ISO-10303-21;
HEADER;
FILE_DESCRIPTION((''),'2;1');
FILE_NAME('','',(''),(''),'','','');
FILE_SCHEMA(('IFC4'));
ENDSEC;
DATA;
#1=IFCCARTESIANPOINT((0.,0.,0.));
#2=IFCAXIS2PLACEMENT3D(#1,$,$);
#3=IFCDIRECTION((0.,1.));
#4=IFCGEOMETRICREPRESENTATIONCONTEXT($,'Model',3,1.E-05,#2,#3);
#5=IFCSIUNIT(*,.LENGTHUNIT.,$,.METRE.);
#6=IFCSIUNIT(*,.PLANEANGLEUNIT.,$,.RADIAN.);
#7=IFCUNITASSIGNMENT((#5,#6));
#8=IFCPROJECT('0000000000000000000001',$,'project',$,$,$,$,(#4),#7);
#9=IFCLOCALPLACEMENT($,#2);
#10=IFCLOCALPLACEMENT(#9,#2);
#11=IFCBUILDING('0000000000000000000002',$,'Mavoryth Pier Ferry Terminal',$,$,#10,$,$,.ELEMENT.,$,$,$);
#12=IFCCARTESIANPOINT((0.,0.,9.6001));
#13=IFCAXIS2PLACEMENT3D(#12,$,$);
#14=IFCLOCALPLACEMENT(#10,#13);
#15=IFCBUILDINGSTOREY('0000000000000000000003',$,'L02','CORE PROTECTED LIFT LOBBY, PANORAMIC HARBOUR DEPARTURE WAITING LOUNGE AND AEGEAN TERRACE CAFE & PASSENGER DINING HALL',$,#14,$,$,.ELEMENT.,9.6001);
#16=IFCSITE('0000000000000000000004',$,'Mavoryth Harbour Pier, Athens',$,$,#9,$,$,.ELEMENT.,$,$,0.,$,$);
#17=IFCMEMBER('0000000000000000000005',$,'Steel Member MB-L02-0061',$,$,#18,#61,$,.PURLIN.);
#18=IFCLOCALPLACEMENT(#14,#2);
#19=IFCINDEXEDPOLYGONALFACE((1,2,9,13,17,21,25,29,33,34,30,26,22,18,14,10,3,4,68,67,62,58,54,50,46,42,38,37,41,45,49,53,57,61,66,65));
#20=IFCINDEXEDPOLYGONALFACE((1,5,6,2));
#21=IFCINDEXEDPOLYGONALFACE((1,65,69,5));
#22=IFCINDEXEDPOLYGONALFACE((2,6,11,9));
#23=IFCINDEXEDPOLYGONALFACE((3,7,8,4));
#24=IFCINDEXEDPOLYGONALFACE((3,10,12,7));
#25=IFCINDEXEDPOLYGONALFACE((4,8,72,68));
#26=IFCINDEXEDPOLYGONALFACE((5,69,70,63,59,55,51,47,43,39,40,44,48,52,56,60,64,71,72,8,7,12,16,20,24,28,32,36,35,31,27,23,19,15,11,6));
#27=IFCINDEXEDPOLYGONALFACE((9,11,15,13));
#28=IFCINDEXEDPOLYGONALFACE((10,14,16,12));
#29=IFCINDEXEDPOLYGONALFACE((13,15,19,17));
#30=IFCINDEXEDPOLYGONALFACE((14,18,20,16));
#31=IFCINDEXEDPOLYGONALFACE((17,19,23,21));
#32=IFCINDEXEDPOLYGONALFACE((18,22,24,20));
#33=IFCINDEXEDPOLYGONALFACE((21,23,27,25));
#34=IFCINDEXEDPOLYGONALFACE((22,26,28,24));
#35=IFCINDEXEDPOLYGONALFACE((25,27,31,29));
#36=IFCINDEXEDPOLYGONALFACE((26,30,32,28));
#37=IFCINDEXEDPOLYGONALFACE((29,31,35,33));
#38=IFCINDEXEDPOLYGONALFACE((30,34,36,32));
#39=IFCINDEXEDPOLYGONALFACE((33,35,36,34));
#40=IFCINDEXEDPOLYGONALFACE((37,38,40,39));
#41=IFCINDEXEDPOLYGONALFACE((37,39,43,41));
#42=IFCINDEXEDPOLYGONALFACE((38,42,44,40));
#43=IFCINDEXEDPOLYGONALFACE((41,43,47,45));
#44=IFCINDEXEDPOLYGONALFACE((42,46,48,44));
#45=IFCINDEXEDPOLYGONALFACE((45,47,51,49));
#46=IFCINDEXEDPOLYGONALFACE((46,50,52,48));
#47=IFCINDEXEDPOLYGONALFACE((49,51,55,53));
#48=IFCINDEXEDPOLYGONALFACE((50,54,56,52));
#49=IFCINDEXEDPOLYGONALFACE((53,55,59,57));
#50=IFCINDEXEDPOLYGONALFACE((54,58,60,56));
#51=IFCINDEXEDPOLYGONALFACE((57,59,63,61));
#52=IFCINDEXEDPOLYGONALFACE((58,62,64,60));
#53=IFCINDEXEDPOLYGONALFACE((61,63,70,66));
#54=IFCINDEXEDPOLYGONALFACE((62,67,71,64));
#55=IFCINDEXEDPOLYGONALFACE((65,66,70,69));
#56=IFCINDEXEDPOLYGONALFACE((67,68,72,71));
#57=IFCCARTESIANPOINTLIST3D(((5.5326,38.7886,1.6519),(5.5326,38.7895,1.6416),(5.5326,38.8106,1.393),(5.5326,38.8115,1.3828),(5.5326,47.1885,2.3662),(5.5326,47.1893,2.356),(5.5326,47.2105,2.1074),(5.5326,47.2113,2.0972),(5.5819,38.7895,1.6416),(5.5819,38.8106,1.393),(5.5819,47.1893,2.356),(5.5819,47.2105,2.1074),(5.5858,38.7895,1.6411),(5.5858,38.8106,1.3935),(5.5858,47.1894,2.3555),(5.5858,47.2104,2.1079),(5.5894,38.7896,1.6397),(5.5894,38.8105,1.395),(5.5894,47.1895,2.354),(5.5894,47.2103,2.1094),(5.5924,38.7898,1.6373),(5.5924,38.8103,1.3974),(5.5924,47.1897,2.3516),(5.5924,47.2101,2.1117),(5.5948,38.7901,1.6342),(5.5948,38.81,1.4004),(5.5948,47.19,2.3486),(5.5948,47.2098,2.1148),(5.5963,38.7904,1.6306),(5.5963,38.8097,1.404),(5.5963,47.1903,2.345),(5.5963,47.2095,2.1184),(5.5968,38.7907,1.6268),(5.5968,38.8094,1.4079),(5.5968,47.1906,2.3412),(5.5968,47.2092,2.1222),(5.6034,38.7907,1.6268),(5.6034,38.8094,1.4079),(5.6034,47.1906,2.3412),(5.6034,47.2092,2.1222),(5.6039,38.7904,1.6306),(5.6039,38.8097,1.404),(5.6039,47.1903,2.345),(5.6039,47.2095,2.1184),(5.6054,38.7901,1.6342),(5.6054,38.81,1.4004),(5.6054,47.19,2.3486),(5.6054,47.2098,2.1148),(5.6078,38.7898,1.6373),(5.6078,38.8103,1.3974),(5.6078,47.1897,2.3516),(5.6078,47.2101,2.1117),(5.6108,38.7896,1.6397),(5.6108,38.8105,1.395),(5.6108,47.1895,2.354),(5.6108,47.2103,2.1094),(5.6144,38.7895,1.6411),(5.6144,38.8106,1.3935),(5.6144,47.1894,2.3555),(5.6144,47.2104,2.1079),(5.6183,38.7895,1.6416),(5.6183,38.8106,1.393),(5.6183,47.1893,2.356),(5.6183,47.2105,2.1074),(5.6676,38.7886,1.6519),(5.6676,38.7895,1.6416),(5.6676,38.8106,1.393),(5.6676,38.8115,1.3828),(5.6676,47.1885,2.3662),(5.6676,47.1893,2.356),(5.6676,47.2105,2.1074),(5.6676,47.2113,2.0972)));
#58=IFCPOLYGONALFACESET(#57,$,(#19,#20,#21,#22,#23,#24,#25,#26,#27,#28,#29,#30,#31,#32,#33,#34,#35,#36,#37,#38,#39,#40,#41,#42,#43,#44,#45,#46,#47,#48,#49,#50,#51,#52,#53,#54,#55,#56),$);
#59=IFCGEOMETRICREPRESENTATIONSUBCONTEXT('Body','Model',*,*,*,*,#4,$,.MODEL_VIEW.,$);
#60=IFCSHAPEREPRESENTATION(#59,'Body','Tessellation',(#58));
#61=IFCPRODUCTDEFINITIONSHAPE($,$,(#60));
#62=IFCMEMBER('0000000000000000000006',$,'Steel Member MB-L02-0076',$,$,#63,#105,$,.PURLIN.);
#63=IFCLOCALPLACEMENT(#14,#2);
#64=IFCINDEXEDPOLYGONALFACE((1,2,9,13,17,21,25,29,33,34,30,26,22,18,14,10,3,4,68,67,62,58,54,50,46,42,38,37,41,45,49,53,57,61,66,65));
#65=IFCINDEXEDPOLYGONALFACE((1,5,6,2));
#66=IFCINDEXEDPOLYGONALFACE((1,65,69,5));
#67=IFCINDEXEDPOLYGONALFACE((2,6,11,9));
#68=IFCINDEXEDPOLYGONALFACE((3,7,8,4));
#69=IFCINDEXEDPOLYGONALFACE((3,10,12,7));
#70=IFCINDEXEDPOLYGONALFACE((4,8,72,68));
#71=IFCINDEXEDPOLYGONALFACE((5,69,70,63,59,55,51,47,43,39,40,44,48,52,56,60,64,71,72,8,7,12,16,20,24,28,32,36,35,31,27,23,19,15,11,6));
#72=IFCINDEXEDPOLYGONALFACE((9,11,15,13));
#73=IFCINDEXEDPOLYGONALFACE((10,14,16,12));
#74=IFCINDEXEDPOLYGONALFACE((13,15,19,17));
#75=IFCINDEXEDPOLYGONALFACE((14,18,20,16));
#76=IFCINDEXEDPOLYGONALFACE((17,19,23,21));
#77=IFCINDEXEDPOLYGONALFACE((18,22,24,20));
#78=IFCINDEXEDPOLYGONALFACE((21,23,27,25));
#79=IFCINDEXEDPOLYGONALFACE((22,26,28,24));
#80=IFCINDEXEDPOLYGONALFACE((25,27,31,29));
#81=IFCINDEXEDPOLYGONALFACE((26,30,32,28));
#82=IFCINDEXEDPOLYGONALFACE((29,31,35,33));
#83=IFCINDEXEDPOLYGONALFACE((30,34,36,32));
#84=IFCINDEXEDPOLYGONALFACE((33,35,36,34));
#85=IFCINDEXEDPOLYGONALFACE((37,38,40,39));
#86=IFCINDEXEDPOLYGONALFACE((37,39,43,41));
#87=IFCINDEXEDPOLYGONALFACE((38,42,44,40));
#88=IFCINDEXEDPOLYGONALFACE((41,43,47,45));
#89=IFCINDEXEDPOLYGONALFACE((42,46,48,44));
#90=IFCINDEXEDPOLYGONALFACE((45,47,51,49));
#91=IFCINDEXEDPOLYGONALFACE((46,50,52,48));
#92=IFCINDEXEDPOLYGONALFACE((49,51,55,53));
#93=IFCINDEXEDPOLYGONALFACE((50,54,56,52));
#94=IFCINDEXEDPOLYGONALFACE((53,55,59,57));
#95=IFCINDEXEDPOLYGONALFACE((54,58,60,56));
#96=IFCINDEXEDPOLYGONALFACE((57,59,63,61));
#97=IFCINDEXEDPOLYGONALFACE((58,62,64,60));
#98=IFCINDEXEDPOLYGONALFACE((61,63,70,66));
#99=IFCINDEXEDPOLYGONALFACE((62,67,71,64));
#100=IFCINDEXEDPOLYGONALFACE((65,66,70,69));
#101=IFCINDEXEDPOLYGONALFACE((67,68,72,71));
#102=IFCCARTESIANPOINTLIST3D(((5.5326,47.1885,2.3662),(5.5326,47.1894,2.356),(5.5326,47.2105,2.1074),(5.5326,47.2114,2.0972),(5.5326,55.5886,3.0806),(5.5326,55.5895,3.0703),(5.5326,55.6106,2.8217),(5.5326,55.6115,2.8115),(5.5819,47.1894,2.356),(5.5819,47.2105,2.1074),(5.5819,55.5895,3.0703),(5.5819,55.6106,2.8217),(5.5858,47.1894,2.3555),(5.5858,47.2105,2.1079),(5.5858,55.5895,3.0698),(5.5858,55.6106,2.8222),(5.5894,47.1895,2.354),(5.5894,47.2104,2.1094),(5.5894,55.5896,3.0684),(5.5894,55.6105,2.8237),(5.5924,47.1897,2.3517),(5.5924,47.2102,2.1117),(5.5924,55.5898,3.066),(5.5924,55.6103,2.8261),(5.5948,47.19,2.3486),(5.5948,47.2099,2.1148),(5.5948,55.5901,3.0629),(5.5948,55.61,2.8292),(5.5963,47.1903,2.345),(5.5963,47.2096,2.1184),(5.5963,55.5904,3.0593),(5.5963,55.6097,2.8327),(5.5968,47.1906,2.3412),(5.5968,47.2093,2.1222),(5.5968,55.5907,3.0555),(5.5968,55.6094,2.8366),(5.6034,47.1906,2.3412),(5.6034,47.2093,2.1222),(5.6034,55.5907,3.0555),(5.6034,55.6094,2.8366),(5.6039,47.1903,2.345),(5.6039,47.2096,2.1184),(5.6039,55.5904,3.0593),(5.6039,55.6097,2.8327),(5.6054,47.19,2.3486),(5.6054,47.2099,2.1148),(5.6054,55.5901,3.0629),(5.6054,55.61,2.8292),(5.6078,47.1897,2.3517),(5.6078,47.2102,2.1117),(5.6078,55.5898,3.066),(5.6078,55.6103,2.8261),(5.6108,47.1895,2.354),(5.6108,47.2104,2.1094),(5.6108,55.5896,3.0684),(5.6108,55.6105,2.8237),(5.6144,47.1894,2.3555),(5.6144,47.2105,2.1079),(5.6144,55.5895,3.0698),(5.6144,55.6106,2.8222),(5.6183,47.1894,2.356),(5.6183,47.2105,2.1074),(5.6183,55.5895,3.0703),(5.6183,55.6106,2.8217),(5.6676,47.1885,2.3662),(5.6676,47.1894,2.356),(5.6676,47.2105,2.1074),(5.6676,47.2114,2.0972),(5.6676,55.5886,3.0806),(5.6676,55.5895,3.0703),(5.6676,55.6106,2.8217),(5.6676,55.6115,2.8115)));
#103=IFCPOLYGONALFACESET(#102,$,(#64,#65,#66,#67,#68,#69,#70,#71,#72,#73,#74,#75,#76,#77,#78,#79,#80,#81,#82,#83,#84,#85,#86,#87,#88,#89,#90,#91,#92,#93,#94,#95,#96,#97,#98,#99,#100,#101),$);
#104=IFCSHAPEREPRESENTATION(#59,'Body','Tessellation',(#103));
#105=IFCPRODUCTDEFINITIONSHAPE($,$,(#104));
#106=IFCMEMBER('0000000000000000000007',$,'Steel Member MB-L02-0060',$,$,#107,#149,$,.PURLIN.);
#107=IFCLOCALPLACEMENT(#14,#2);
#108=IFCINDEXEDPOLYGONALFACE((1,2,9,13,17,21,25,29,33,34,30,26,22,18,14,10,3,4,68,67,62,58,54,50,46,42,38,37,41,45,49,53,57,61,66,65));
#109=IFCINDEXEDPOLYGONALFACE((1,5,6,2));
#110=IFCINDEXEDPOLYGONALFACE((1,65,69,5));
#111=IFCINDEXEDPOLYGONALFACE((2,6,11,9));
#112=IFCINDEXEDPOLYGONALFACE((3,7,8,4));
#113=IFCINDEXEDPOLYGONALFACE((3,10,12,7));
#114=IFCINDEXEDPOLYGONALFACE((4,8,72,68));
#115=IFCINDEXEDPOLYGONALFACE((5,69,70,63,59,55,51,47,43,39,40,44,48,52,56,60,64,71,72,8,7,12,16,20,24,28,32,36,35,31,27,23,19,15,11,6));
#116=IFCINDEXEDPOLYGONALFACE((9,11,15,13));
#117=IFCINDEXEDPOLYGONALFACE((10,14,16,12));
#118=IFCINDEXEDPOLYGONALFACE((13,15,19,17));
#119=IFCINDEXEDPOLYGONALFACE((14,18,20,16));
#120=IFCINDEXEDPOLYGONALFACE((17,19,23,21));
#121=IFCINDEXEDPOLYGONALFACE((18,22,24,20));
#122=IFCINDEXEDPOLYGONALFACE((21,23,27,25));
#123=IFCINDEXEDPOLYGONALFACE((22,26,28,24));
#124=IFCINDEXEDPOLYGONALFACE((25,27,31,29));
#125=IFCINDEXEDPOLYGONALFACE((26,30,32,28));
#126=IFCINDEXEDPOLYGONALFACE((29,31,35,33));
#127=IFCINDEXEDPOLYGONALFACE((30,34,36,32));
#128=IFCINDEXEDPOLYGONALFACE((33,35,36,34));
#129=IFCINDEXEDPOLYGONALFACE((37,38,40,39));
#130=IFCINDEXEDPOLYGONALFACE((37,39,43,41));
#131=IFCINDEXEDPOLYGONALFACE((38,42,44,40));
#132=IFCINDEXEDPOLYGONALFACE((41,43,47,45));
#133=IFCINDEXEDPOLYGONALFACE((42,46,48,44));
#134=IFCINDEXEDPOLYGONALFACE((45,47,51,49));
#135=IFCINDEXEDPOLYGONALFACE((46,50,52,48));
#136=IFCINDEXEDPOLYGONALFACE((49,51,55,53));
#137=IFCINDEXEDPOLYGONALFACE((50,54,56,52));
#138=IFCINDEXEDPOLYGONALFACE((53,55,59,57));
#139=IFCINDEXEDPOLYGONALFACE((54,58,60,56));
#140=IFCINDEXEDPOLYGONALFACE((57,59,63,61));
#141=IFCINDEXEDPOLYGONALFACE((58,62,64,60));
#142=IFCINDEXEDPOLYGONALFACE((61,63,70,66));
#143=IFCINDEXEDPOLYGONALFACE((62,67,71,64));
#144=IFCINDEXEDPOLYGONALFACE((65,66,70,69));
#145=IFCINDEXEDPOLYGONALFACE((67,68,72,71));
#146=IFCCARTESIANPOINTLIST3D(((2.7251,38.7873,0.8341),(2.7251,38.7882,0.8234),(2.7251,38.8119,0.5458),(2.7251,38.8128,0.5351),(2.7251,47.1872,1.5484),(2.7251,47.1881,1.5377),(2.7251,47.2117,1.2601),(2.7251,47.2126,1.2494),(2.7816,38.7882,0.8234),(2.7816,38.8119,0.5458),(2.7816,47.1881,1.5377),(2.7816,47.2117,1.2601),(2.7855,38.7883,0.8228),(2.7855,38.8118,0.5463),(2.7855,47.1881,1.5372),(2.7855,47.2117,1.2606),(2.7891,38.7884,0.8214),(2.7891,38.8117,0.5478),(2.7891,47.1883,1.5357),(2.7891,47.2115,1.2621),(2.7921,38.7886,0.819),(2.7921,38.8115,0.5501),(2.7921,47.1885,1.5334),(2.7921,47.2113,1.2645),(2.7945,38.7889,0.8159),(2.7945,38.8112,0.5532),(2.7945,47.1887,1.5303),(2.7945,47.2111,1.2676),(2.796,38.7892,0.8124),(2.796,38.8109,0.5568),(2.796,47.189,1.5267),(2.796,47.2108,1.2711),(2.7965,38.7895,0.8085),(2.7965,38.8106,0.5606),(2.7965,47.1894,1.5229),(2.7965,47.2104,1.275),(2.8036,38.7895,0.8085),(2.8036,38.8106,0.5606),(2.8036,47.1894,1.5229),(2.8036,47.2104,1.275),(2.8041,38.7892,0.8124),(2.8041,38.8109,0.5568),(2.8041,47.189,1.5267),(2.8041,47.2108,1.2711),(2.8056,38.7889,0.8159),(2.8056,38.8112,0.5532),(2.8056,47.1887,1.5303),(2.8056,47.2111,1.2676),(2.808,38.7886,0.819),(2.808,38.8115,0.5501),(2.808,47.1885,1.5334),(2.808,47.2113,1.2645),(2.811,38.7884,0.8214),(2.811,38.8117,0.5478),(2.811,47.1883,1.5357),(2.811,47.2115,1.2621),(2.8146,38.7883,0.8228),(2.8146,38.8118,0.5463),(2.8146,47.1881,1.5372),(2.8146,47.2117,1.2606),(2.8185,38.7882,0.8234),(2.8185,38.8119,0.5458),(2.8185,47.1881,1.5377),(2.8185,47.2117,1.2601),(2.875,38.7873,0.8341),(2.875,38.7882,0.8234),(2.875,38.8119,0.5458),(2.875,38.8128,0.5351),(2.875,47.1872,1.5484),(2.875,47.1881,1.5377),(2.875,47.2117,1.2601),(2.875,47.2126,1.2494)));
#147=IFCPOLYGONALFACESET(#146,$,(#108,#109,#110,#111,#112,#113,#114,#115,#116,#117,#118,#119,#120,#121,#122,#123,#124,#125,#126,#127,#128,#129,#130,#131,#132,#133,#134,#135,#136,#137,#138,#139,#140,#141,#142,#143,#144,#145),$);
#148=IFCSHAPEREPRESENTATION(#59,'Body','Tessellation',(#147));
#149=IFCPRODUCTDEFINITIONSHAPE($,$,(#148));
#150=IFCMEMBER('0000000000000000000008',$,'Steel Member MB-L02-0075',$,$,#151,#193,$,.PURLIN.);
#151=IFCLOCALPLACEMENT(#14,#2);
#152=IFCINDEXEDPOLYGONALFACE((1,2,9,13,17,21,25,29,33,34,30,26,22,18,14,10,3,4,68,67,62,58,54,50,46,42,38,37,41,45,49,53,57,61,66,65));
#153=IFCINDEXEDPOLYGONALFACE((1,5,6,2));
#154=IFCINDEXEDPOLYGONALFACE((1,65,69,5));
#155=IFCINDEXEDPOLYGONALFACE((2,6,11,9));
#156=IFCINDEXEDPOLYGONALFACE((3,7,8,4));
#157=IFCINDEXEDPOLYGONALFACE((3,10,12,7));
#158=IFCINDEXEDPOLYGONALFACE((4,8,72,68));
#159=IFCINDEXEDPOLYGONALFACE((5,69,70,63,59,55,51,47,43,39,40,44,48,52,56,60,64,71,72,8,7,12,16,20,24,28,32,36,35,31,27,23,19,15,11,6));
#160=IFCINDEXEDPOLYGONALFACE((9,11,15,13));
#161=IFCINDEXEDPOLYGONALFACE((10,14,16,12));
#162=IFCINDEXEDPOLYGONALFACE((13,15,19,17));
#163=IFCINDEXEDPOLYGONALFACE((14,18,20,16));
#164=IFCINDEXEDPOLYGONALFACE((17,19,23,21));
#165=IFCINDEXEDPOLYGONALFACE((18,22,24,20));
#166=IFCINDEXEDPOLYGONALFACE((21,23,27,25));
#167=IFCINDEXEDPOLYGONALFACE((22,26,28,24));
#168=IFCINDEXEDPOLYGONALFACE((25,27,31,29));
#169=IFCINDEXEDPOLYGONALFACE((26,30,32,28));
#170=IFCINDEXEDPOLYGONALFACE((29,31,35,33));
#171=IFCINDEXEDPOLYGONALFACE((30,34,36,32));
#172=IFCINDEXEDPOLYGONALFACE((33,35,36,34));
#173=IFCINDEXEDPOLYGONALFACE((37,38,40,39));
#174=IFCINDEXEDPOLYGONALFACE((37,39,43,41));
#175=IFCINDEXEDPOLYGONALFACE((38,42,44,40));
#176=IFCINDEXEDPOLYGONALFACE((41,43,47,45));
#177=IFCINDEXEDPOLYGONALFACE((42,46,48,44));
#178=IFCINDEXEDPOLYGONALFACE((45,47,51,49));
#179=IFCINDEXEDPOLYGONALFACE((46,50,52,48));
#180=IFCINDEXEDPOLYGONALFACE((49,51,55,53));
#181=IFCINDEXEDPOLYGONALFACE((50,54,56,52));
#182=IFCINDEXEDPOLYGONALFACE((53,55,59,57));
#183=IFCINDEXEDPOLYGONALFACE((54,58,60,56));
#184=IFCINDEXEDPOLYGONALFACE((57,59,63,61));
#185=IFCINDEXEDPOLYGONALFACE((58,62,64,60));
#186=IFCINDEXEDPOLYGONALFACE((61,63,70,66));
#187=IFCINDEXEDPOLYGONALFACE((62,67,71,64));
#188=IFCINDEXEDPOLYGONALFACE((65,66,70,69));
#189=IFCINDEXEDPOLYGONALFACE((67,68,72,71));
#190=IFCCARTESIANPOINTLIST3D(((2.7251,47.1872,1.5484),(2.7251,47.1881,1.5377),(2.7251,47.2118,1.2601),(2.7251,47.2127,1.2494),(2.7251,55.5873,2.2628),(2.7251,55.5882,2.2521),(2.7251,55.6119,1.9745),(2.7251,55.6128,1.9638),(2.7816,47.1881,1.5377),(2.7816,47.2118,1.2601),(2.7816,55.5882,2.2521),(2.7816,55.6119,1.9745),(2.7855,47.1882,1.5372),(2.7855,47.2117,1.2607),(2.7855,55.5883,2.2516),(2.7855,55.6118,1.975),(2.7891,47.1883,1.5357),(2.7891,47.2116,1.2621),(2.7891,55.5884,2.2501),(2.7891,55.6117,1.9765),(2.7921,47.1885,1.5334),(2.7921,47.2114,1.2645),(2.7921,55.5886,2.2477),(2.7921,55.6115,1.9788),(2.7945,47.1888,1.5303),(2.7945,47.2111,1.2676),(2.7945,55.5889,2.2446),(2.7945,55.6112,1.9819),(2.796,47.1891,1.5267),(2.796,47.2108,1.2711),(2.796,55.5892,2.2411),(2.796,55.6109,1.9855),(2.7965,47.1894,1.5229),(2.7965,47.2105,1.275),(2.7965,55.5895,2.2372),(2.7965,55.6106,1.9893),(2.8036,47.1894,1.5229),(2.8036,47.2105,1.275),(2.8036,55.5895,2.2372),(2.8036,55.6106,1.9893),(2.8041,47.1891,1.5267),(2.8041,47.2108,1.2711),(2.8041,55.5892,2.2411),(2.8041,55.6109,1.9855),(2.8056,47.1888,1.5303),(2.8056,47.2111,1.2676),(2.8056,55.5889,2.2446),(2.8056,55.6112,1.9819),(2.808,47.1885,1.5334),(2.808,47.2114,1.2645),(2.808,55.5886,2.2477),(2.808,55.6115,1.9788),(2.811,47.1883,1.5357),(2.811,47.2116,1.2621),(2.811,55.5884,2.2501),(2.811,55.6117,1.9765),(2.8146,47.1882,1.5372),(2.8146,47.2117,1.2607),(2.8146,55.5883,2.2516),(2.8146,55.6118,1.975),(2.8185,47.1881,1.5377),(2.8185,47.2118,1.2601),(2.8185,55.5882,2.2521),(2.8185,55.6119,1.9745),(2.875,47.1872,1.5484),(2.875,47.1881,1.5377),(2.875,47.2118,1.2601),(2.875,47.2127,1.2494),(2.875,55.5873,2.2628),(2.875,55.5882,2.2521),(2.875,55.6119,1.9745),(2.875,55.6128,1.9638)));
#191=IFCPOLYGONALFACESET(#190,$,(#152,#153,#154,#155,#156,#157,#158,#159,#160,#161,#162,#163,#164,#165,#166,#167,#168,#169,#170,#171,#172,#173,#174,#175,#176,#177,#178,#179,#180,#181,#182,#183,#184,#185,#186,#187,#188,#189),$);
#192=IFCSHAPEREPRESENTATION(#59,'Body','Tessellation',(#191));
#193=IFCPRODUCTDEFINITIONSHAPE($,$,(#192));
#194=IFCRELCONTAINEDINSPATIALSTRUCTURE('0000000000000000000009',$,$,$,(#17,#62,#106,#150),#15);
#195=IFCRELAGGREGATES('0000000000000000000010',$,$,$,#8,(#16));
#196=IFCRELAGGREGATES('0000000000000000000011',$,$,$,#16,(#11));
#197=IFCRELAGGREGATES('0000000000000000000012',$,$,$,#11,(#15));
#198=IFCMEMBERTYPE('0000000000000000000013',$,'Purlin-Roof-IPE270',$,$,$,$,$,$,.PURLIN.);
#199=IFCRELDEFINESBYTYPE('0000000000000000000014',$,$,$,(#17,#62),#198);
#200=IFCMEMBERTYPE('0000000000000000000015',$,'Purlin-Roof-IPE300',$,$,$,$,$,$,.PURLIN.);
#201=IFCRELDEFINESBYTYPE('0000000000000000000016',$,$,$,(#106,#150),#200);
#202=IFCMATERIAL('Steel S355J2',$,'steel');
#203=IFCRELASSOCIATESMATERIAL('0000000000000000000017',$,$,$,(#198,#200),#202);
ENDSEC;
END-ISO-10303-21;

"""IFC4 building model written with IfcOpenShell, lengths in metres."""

from ifc_helpers import new_model, si_unit, direction, frame, origin, origin_2d, place, context, subcontext, project, spatial, i_section, extrude, material, material_profile, profile_set, type_object, element, save


model = new_model("IFC4")

# Units and contexts
model_context = context("Model", 3, precision=1e-05, world=origin(), true_north=direction((0.0, 1.0)))
body_context = subcontext(model_context, "Body", "Model", "MODEL_VIEW")
ifc_project = project(units=[si_unit("LENGTHUNIT", "METRE"), si_unit("PLANEANGLEUNIT", "RADIAN")], contexts=[model_context])

# Site, building, storey
site_placement = place(None, origin())
site = spatial("IfcSite", under=ifc_project, at=site_placement, Name="Mavoryth Harbour Pier, Athens", CompositionType="ELEMENT", RefElevation=0.0)
building_placement = place(site_placement, origin())
building = spatial("IfcBuilding", under=site, at=building_placement, Name="Mavoryth Pier Ferry Terminal", CompositionType="ELEMENT")
storey_placement = place(building_placement, frame((0.0, 0.0, 9.6001)))
storey = spatial("IfcBuildingStorey", under=building, at=storey_placement, Name="L02", Description="CORE PROTECTED LIFT LOBBY, PANORAMIC HARBOUR DEPARTURE WAITING LOUNGE AND AEGEAN TERRACE CAFE & PASSENGER DINING HALL", CompositionType="ELEMENT", Elevation=9.6001)

# Members
ifc_material_1 = material(Name="Steel S355J2", Category="steel")
ifc_material_profile_1 = material_profile(ifc_material_1, i_section(OverallWidth=0.135, OverallDepth=0.27, WebThickness=0.0066, FlangeThickness=0.0103, FilletRadius=0.0149, at=origin_2d()), Name="IPE 270", Category="steel")
ifc_profile_set_1 = profile_set([ifc_material_profile_1], Name="Steel S355J2 - IPE 270")
member_type_1 = type_object("IfcMemberType", Name="Purlin-Roof-IPE270", PredefinedType="PURLIN", material=ifc_profile_set_1)
member_1_placement = place(storey_placement, frame((5.6001, 38.8, 1.5173), z_axis=(0.0, 0.996403, 0.084737), x_axis=(-1.0, 0.0, 0.0)))
element("IfcMember", 1, at=member_1_placement, inside=storey, type_object=member_type_1, Name="Steel Member MB-L02-0061", PredefinedType="PURLIN", context=body_context, shape_type="SweptSolid", body=[
    extrude(i_section(OverallWidth=0.135, OverallDepth=0.27, WebThickness=0.0066, FlangeThickness=0.0103, FilletRadius=0.0149, at=origin_2d()), origin(), (0.0, 0.0, 1.0), 8.4302),
])
member_2_placement = place(storey_placement, frame((5.6001, 47.2, 2.2317), z_axis=(0.0, 0.996404, 0.084735), x_axis=(-1.0, 0.0, 0.0)))
element("IfcMember", 2, at=member_2_placement, inside=storey, type_object=member_type_1, Name="Steel Member MB-L02-0076", PredefinedType="PURLIN", context=body_context, shape_type="SweptSolid", body=[
    extrude(i_section(OverallWidth=0.135, OverallDepth=0.27, WebThickness=0.0066, FlangeThickness=0.0103, FilletRadius=0.0149, at=origin_2d()), origin(), (0.0, 0.0, 1.0), 8.4304),
])
ifc_material_profile_2 = material_profile(ifc_material_1, i_section(OverallWidth=0.1499, OverallDepth=0.3, WebThickness=0.0071, FlangeThickness=0.0107, FilletRadius=0.0149, at=origin_2d()), Name="IPE 300", Category="steel")
ifc_profile_set_2 = profile_set([ifc_material_profile_2], Name="Steel S355J2 - IPE 300")
member_type_2 = type_object("IfcMemberType", Name="Purlin-Roof-IPE300", PredefinedType="PURLIN", material=ifc_profile_set_2)
member_3_placement = place(storey_placement, frame((2.8, 38.8, 0.6846), z_axis=(0.0, 0.996403, 0.084737), x_axis=(-1.0, 0.0, 0.0)))
element("IfcMember", 3, at=member_3_placement, inside=storey, type_object=member_type_2, Name="Steel Member MB-L02-0060", PredefinedType="PURLIN", context=body_context, shape_type="SweptSolid", body=[
    extrude(i_section(OverallWidth=0.1499, OverallDepth=0.3, WebThickness=0.0071, FlangeThickness=0.0107, FilletRadius=0.0149, at=origin_2d()), origin(), (0.0, 0.0, 1.0), 8.4302),
])
member_4_placement = place(storey_placement, frame((2.8, 47.2, 1.3989), z_axis=(0.0, 0.996404, 0.084735), x_axis=(-1.0, 0.0, 0.0)))
element("IfcMember", 4, at=member_4_placement, inside=storey, type_object=member_type_2, Name="Steel Member MB-L02-0075", PredefinedType="PURLIN", context=body_context, shape_type="SweptSolid", body=[
    extrude(i_section(OverallWidth=0.1499, OverallDepth=0.3, WebThickness=0.0071, FlangeThickness=0.0107, FilletRadius=0.0149, at=origin_2d()), origin(), (0.0, 0.0, 1.0), 8.4304),
])

save(model, "model.ifc")
